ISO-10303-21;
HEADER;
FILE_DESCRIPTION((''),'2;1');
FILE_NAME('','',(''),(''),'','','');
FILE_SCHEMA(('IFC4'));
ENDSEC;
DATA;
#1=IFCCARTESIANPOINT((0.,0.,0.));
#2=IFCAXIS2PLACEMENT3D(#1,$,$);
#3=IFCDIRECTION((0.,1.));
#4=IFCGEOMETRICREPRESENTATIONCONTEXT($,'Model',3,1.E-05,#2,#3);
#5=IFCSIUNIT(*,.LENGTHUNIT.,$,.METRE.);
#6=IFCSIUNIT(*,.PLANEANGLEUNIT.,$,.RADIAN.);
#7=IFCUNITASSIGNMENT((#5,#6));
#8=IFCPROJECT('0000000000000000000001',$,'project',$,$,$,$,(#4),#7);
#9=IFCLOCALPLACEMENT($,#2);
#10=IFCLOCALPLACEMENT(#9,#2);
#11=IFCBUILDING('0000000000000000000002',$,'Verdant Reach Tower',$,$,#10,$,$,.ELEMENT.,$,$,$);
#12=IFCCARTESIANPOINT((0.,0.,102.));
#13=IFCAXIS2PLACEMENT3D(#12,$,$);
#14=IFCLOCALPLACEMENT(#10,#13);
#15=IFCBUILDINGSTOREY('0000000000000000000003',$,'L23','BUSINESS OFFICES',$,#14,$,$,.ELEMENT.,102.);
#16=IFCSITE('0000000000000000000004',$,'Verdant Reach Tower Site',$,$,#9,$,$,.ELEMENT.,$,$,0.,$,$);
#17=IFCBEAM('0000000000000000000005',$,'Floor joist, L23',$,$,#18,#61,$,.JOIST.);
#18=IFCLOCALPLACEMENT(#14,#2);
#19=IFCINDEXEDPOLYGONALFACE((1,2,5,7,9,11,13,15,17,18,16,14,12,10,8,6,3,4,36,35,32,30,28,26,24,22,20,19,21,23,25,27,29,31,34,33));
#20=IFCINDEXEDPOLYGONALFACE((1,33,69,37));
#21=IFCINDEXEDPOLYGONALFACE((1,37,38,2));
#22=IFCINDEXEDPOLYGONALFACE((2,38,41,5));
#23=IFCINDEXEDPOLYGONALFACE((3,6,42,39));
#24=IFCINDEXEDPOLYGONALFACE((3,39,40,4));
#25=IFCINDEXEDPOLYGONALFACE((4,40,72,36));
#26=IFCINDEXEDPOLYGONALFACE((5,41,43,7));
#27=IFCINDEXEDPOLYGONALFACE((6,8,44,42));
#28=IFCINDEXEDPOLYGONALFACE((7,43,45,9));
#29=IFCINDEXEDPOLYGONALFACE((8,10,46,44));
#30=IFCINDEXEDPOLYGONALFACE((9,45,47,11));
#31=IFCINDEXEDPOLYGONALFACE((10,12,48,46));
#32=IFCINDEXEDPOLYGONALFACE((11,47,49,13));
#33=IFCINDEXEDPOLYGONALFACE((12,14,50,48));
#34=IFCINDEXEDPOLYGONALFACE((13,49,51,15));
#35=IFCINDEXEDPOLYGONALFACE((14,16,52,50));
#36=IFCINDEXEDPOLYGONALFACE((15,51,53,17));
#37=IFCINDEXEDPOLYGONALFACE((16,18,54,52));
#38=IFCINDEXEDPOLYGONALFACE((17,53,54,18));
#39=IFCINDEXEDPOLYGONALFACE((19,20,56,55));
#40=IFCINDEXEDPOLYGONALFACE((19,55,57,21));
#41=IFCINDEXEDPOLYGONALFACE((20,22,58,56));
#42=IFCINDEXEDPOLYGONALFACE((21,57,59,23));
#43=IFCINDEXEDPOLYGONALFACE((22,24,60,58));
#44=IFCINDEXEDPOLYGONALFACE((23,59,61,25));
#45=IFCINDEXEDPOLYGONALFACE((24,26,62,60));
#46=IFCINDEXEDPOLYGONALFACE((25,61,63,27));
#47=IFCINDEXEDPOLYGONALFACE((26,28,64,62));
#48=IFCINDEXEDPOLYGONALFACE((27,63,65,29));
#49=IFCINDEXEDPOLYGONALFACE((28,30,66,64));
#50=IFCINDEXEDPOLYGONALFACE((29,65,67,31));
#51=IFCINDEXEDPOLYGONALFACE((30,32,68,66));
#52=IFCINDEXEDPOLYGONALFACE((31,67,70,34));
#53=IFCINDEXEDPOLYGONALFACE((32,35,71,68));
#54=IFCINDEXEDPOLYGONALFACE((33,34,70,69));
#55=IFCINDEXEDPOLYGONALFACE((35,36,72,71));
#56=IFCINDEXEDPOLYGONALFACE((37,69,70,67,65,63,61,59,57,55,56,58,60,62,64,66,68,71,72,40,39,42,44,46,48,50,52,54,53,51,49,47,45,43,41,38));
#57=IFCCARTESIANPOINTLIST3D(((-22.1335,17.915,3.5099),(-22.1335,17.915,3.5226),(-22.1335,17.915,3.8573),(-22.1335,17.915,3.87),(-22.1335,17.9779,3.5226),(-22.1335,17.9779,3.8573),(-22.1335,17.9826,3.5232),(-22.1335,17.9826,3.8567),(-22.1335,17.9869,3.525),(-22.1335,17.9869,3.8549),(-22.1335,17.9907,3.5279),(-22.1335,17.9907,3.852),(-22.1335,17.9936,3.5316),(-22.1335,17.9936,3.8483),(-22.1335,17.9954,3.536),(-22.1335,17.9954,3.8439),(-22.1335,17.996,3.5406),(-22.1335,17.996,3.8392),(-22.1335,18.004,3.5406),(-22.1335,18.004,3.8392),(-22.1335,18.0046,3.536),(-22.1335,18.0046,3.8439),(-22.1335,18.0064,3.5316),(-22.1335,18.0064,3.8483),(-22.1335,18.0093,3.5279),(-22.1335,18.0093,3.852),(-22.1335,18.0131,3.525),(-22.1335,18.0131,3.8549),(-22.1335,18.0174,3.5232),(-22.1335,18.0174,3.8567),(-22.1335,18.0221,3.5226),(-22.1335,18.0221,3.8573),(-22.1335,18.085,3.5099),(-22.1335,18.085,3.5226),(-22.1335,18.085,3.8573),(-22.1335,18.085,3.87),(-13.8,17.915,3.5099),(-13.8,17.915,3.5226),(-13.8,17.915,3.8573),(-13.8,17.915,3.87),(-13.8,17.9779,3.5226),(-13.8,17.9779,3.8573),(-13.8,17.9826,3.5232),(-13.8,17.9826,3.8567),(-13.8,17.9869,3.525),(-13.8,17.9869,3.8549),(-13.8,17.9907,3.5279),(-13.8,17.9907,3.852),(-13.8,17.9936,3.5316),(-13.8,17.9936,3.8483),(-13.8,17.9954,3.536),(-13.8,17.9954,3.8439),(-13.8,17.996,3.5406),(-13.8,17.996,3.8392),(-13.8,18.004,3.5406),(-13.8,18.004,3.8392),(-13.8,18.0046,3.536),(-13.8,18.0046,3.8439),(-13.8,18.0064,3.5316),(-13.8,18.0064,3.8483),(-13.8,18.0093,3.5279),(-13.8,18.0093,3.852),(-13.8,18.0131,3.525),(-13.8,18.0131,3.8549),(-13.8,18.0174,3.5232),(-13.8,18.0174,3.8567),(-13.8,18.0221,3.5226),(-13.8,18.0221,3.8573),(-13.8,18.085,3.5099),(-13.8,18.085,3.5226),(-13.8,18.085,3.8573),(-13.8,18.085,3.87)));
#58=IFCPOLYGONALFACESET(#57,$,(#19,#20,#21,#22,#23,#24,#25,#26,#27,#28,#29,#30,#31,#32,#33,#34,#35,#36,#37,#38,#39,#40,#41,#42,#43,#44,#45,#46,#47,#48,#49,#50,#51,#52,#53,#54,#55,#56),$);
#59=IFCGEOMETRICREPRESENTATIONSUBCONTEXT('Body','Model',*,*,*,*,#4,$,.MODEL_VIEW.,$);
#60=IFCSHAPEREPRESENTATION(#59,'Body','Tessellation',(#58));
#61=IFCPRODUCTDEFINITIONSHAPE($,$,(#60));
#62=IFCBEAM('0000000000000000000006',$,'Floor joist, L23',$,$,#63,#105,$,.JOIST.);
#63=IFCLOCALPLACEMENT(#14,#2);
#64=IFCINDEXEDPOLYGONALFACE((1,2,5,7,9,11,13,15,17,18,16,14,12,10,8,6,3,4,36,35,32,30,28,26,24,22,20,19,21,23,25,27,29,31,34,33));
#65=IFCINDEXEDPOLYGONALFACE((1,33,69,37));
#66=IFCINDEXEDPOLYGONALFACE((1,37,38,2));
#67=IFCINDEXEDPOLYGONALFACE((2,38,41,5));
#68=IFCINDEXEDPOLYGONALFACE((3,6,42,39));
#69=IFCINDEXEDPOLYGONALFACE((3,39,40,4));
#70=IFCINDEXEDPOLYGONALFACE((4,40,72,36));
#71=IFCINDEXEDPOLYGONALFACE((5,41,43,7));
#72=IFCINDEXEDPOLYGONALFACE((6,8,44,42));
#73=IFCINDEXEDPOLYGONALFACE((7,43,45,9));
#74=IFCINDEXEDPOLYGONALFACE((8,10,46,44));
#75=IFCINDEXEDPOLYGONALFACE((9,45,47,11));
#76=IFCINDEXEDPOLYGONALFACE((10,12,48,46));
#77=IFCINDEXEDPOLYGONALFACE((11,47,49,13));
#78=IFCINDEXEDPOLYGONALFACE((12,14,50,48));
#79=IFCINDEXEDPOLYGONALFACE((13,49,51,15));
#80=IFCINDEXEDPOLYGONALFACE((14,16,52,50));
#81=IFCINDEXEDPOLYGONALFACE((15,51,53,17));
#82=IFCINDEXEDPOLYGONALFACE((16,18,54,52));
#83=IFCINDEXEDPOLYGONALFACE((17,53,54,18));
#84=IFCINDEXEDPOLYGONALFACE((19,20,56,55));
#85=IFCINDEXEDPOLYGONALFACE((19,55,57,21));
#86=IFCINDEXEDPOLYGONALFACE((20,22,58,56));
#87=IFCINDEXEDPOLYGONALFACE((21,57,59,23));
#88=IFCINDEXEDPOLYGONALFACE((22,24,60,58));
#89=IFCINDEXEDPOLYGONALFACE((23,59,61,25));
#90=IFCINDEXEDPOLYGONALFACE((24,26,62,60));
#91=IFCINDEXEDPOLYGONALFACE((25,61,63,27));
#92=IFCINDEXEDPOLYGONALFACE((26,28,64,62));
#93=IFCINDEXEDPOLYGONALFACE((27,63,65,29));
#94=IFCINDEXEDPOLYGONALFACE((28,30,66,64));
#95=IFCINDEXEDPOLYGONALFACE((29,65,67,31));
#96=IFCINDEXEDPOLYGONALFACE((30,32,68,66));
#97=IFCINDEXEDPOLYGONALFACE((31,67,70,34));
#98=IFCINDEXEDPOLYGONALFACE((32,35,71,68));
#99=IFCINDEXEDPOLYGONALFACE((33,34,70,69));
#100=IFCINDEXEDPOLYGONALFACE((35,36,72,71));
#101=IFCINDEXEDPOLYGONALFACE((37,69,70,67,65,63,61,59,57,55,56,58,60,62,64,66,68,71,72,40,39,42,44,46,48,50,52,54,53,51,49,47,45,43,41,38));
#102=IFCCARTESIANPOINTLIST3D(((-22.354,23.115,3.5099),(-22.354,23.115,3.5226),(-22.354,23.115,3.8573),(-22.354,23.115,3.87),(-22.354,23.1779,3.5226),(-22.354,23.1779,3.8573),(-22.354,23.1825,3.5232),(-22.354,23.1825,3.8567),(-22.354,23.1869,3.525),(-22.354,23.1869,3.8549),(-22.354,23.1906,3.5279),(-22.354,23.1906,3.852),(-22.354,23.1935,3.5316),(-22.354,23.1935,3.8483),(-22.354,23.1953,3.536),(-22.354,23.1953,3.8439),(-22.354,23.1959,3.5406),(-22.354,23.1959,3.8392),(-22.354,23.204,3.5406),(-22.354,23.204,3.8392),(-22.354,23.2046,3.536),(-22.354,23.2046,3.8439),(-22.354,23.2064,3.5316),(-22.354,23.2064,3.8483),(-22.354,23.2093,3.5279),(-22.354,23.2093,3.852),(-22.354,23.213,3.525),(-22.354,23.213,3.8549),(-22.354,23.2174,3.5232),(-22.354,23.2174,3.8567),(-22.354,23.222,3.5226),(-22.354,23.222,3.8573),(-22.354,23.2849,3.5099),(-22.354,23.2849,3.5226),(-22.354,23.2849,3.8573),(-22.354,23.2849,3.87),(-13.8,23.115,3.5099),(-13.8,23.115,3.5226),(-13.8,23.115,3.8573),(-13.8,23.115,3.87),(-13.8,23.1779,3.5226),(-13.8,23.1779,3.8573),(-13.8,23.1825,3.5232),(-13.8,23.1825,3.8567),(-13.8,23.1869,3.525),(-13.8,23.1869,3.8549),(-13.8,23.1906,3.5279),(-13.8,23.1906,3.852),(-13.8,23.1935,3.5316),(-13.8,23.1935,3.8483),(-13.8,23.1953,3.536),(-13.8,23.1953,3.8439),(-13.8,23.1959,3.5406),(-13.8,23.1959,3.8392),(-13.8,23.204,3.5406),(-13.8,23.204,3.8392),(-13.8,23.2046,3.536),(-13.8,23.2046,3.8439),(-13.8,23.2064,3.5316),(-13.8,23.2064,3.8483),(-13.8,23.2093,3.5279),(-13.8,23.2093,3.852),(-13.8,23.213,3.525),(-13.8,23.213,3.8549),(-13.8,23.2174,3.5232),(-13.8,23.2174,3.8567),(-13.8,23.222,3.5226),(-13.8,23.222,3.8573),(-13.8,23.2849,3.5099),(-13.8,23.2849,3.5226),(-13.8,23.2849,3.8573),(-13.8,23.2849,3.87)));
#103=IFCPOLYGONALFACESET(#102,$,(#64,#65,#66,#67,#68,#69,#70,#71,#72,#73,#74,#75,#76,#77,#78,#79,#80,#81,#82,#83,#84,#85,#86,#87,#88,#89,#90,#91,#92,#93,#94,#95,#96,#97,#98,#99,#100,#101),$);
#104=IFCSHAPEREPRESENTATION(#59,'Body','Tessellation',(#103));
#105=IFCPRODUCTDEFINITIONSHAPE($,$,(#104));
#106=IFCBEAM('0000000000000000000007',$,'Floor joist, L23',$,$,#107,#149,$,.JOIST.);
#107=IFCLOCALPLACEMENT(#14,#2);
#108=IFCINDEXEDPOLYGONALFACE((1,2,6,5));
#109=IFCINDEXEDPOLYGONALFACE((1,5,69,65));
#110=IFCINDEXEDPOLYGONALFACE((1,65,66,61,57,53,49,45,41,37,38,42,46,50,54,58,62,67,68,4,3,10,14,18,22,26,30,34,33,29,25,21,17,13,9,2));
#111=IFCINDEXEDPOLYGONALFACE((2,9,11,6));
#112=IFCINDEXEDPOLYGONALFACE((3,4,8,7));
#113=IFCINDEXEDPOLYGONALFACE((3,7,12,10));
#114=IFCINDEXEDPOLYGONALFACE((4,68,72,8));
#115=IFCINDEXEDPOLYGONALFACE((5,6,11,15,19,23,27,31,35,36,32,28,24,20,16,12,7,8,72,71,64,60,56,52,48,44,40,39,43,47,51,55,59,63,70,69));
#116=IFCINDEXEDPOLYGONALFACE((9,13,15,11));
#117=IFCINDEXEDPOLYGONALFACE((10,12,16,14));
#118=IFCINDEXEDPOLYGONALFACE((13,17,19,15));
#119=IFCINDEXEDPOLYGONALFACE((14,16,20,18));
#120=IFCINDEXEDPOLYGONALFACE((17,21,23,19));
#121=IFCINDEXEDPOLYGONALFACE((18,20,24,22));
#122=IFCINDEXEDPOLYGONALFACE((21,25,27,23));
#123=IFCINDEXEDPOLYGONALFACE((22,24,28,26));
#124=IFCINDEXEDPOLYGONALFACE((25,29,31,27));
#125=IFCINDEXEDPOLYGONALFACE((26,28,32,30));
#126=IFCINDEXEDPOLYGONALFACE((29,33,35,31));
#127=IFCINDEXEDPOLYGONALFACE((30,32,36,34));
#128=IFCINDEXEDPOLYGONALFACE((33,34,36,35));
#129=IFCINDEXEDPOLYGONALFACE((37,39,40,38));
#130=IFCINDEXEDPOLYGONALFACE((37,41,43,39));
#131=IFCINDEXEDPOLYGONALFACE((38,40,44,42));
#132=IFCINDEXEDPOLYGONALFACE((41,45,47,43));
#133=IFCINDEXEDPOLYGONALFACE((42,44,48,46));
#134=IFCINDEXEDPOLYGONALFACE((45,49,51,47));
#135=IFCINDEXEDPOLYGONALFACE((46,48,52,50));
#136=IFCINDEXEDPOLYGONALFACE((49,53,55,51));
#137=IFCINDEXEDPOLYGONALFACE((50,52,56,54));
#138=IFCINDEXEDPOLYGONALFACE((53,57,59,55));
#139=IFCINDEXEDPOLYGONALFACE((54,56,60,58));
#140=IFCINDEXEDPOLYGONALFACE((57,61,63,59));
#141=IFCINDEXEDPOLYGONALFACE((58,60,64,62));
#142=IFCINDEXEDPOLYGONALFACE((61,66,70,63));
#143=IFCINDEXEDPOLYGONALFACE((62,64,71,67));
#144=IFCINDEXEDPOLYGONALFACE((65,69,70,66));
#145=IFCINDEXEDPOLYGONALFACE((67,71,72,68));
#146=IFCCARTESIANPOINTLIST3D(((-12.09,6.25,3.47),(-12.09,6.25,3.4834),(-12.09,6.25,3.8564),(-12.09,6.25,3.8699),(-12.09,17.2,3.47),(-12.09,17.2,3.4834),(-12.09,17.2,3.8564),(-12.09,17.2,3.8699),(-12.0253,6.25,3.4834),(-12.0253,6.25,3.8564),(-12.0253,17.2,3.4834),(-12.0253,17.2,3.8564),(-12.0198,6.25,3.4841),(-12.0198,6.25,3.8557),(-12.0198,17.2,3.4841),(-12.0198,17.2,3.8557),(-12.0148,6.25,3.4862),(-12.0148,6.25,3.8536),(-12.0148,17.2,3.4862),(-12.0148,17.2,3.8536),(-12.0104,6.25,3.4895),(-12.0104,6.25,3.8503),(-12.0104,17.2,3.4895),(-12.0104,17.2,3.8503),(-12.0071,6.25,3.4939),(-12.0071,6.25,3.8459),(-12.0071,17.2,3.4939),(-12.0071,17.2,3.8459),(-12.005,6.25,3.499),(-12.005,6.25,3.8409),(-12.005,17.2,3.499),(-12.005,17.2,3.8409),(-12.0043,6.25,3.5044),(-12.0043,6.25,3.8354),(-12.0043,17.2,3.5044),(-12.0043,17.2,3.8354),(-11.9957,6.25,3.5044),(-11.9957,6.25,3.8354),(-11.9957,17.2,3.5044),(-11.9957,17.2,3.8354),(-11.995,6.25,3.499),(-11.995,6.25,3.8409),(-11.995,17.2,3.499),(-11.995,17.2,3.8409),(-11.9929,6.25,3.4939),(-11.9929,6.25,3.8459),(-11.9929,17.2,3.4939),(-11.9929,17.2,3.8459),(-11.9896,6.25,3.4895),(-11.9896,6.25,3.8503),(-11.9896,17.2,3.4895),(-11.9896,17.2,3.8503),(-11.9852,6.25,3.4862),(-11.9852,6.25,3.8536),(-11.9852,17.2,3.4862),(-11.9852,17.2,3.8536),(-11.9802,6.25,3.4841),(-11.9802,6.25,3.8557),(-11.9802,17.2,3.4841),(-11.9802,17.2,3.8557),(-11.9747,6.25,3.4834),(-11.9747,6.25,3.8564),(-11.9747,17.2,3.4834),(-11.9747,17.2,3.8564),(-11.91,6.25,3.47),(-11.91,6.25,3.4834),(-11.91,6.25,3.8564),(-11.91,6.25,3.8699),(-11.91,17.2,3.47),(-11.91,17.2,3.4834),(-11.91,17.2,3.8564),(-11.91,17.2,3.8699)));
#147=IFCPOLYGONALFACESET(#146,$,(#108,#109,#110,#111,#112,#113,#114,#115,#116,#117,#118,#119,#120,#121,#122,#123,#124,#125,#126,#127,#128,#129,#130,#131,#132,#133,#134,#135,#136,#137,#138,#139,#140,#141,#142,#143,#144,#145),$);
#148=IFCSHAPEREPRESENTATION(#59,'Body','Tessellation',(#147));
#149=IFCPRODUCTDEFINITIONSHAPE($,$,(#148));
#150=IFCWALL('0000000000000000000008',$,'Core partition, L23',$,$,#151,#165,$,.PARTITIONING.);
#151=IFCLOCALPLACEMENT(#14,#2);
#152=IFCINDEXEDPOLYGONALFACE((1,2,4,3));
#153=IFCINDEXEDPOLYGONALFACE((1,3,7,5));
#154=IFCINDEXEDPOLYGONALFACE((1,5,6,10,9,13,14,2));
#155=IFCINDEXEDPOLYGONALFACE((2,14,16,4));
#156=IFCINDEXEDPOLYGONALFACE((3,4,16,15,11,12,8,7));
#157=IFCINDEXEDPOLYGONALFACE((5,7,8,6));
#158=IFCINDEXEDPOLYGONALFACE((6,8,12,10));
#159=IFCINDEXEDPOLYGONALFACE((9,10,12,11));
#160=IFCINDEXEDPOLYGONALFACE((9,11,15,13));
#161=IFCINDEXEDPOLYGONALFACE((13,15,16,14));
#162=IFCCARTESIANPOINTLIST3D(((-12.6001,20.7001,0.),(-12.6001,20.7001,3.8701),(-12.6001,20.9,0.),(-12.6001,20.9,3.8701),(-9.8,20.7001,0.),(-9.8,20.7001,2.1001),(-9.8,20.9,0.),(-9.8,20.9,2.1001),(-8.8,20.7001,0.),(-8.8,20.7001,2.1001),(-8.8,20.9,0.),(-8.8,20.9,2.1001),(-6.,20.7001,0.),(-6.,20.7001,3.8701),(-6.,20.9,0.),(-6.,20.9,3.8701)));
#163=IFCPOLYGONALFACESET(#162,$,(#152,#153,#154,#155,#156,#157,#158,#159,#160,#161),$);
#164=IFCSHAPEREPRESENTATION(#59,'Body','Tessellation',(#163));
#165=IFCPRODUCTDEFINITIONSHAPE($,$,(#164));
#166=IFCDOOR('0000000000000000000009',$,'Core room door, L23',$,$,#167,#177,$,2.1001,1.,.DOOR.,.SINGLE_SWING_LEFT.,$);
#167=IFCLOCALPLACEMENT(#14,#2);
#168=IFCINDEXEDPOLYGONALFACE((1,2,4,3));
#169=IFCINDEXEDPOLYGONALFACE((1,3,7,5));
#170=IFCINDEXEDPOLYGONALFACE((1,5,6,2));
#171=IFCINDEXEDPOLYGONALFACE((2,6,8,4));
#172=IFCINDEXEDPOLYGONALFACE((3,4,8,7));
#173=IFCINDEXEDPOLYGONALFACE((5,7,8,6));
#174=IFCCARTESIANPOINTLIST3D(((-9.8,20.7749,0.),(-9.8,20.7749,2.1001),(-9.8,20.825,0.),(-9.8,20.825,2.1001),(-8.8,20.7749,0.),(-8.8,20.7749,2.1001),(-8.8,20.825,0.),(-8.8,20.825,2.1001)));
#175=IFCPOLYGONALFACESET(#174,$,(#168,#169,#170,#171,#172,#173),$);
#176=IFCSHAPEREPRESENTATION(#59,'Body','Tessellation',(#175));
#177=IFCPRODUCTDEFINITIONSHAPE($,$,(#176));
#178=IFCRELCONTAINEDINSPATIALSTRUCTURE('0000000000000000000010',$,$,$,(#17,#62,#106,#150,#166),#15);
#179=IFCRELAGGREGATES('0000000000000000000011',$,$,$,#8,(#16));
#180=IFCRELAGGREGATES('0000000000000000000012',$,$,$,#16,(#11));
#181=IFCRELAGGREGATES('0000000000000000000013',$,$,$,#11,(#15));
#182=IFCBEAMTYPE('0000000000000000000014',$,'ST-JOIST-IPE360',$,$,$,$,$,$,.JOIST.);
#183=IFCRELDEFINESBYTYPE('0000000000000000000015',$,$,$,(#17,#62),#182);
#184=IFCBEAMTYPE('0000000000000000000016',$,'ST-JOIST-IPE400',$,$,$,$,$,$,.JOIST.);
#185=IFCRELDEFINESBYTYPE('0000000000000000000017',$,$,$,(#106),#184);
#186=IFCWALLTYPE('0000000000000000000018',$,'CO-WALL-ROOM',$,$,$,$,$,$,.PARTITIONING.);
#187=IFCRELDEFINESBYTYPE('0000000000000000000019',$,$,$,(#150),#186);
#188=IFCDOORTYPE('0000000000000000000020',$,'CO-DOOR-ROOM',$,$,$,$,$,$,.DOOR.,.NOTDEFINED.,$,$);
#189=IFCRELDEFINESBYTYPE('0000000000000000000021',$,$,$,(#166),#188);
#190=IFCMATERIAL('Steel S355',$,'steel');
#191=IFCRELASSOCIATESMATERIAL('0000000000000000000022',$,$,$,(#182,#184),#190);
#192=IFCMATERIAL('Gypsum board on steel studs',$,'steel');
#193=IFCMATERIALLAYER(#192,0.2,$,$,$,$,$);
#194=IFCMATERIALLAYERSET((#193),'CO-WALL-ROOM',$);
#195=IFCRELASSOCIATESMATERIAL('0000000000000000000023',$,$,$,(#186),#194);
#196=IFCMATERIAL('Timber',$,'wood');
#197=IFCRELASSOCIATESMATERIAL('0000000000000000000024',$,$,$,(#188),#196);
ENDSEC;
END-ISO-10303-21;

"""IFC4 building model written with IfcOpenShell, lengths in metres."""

from ifc_helpers import new_model, si_unit, direction, frame, frame_2d, origin, origin_2d, place, context, subcontext, project, spatial, rectangle, i_section, extrude, material, layer, layer_set, material_profile, profile_set, type_object, element, fill, save


model = new_model("IFC4")

# Units and contexts
model_context = context("Model", 3, precision=1e-05, world=origin(), true_north=direction((0.0, 1.0)))
body_context = subcontext(model_context, "Body", "Model", "MODEL_VIEW")
ifc_project = project(units=[si_unit("LENGTHUNIT", "METRE"), si_unit("PLANEANGLEUNIT", "RADIAN")], contexts=[model_context])

# Site, building, storey
site_placement = place(None, origin())
site = spatial("IfcSite", under=ifc_project, at=site_placement, Name="Verdant Reach Tower Site", CompositionType="ELEMENT", RefElevation=0.0)
building_placement = place(site_placement, origin())
building = spatial("IfcBuilding", under=site, at=building_placement, Name="Verdant Reach Tower", CompositionType="ELEMENT")
storey_placement = place(building_placement, frame((0.0, 0.0, 102.0)))
storey = spatial("IfcBuildingStorey", under=building, at=storey_placement, Name="L23", Description="BUSINESS OFFICES", CompositionType="ELEMENT", Elevation=102.0)

# Beams
ifc_material_1 = material(Name="Steel S355", Category="steel")
ifc_material_profile_1 = material_profile(ifc_material_1, i_section(OverallWidth=0.1699, OverallDepth=0.3601, WebThickness=0.0081, FlangeThickness=0.0127, FilletRadius=0.0181, at=origin_2d()), Name="IPE 360")
ifc_profile_set_1 = profile_set([ifc_material_profile_1], Name="Steel S355")
beam_type_1 = type_object("IfcBeamType", Name="ST-JOIST-IPE360", PredefinedType="JOIST", material=ifc_profile_set_1)
beam_1_placement = place(storey_placement, frame((-13.8, 18.0, 3.6899), z_axis=(-1.0, 0.0, 0.0), x_axis=(0.0, -1.0, 0.0)))
element("IfcBeam", 1, at=beam_1_placement, inside=storey, type_object=beam_type_1, Name="Floor joist, L23", PredefinedType="JOIST", context=body_context, shape_type="SweptSolid", body=[
    extrude(i_section(OverallWidth=0.1699, OverallDepth=0.3601, WebThickness=0.0081, FlangeThickness=0.0127, FilletRadius=0.0181, at=origin_2d()), origin(), (0.0, 0.0, 1.0), 8.3335),
])
beam_2_placement = place(storey_placement, frame((-13.8, 23.2, 3.6899), z_axis=(-1.0, 0.0, 0.0), x_axis=(0.0, -1.0, 0.0)))
element("IfcBeam", 2, at=beam_2_placement, inside=storey, type_object=beam_type_1, Name="Floor joist, L23", PredefinedType="JOIST", context=body_context, shape_type="SweptSolid", body=[
    extrude(i_section(OverallWidth=0.1699, OverallDepth=0.3601, WebThickness=0.0081, FlangeThickness=0.0127, FilletRadius=0.0181, at=origin_2d()), origin(), (0.0, 0.0, 1.0), 8.554),
])
ifc_material_profile_2 = material_profile(ifc_material_1, i_section(OverallWidth=0.1799, OverallDepth=0.3999, WebThickness=0.0085, FlangeThickness=0.0134, FilletRadius=0.021, at=origin_2d()), Name="IPE 400")
ifc_profile_set_2 = profile_set([ifc_material_profile_2], Name="Steel S355")
beam_type_2 = type_object("IfcBeamType", Name="ST-JOIST-IPE400", PredefinedType="JOIST", material=ifc_profile_set_2)
beam_3_placement = place(storey_placement, frame((-12.0, 17.2, 3.6699), z_axis=(0.0, -1.0, 0.0), x_axis=(1.0, 0.0, 0.0)))
element("IfcBeam", 3, at=beam_3_placement, inside=storey, type_object=beam_type_2, Name="Floor joist, L23", PredefinedType="JOIST", context=body_context, shape_type="SweptSolid", body=[
    extrude(i_section(OverallWidth=0.1799, OverallDepth=0.3999, WebThickness=0.0085, FlangeThickness=0.0134, FilletRadius=0.021, at=origin_2d()), origin(), (0.0, 0.0, 1.0), 10.95),
])

# Wall, opening, door
ifc_material_2 = material(Name="Gypsum board on steel studs", Category="steel")
ifc_layer_1 = layer(ifc_material_2, 0.2)
ifc_layer_set_1 = layer_set([ifc_layer_1], Name="CO-WALL-ROOM")
wall_type_1 = type_object("IfcWallType", Name="CO-WALL-ROOM", PredefinedType="PARTITIONING", material=ifc_layer_set_1)
wall_1_placement = place(storey_placement, frame((-12.6001, 20.8, 0.0), z_axis=(0.0, 0.0, 1.0), x_axis=(1.0, 0.0, 0.0)))
wall_1 = element("IfcWall", 4, at=wall_1_placement, inside=storey, type_object=wall_type_1, Name="Core partition, L23", PredefinedType="PARTITIONING", context=body_context, shape_type="SweptSolid", body=[
    extrude(rectangle(XDim=6.6001, YDim=0.2, at=frame_2d((3.3, 0.0))), origin(), (0.0, 0.0, 1.0), 3.8701),
])
opening_1_placement = place(wall_1_placement, frame((2.8, 0.0, 0.0)))
opening_1 = element("IfcOpeningElement", 5, at=opening_1_placement, cuts=wall_1, PredefinedType="OPENING", context=body_context, shape_type="SweptSolid", body=[
    extrude(rectangle(XDim=1.0, YDim=2.1001, at=frame_2d((0.5, 1.05))), frame((0.0, 0.1099, 0.0), z_axis=(0.0, -1.0, 0.0), x_axis=(1.0, 0.0, 0.0)), (0.0, 0.0, 1.0), 0.22),
])
ifc_material_3 = material(Name="Timber", Category="wood")
door_type_1 = type_object("IfcDoorType", Name="CO-DOOR-ROOM", OperationType="NOTDEFINED", PredefinedType="DOOR", material=ifc_material_3)
door_1_placement = place(opening_1_placement, origin())
door_1 = element("IfcDoor", 6, at=door_1_placement, inside=storey, type_object=door_type_1, Name="Core room door, L23", OperationType="SINGLE_SWING_LEFT", OverallHeight=2.1001, OverallWidth=1.0, PredefinedType="DOOR", context=body_context, shape_type="SweptSolid", body=[
    extrude(rectangle(XDim=1.0, YDim=2.1001, at=frame_2d((0.5, 1.05))), frame((0.0, 0.0249, 0.0), z_axis=(0.0, -1.0, 0.0), x_axis=(1.0, 0.0, 0.0)), (0.0, 0.0, 1.0), 0.05),
])
fill(opening_1, door_1)

save(model, "model.ifc")
